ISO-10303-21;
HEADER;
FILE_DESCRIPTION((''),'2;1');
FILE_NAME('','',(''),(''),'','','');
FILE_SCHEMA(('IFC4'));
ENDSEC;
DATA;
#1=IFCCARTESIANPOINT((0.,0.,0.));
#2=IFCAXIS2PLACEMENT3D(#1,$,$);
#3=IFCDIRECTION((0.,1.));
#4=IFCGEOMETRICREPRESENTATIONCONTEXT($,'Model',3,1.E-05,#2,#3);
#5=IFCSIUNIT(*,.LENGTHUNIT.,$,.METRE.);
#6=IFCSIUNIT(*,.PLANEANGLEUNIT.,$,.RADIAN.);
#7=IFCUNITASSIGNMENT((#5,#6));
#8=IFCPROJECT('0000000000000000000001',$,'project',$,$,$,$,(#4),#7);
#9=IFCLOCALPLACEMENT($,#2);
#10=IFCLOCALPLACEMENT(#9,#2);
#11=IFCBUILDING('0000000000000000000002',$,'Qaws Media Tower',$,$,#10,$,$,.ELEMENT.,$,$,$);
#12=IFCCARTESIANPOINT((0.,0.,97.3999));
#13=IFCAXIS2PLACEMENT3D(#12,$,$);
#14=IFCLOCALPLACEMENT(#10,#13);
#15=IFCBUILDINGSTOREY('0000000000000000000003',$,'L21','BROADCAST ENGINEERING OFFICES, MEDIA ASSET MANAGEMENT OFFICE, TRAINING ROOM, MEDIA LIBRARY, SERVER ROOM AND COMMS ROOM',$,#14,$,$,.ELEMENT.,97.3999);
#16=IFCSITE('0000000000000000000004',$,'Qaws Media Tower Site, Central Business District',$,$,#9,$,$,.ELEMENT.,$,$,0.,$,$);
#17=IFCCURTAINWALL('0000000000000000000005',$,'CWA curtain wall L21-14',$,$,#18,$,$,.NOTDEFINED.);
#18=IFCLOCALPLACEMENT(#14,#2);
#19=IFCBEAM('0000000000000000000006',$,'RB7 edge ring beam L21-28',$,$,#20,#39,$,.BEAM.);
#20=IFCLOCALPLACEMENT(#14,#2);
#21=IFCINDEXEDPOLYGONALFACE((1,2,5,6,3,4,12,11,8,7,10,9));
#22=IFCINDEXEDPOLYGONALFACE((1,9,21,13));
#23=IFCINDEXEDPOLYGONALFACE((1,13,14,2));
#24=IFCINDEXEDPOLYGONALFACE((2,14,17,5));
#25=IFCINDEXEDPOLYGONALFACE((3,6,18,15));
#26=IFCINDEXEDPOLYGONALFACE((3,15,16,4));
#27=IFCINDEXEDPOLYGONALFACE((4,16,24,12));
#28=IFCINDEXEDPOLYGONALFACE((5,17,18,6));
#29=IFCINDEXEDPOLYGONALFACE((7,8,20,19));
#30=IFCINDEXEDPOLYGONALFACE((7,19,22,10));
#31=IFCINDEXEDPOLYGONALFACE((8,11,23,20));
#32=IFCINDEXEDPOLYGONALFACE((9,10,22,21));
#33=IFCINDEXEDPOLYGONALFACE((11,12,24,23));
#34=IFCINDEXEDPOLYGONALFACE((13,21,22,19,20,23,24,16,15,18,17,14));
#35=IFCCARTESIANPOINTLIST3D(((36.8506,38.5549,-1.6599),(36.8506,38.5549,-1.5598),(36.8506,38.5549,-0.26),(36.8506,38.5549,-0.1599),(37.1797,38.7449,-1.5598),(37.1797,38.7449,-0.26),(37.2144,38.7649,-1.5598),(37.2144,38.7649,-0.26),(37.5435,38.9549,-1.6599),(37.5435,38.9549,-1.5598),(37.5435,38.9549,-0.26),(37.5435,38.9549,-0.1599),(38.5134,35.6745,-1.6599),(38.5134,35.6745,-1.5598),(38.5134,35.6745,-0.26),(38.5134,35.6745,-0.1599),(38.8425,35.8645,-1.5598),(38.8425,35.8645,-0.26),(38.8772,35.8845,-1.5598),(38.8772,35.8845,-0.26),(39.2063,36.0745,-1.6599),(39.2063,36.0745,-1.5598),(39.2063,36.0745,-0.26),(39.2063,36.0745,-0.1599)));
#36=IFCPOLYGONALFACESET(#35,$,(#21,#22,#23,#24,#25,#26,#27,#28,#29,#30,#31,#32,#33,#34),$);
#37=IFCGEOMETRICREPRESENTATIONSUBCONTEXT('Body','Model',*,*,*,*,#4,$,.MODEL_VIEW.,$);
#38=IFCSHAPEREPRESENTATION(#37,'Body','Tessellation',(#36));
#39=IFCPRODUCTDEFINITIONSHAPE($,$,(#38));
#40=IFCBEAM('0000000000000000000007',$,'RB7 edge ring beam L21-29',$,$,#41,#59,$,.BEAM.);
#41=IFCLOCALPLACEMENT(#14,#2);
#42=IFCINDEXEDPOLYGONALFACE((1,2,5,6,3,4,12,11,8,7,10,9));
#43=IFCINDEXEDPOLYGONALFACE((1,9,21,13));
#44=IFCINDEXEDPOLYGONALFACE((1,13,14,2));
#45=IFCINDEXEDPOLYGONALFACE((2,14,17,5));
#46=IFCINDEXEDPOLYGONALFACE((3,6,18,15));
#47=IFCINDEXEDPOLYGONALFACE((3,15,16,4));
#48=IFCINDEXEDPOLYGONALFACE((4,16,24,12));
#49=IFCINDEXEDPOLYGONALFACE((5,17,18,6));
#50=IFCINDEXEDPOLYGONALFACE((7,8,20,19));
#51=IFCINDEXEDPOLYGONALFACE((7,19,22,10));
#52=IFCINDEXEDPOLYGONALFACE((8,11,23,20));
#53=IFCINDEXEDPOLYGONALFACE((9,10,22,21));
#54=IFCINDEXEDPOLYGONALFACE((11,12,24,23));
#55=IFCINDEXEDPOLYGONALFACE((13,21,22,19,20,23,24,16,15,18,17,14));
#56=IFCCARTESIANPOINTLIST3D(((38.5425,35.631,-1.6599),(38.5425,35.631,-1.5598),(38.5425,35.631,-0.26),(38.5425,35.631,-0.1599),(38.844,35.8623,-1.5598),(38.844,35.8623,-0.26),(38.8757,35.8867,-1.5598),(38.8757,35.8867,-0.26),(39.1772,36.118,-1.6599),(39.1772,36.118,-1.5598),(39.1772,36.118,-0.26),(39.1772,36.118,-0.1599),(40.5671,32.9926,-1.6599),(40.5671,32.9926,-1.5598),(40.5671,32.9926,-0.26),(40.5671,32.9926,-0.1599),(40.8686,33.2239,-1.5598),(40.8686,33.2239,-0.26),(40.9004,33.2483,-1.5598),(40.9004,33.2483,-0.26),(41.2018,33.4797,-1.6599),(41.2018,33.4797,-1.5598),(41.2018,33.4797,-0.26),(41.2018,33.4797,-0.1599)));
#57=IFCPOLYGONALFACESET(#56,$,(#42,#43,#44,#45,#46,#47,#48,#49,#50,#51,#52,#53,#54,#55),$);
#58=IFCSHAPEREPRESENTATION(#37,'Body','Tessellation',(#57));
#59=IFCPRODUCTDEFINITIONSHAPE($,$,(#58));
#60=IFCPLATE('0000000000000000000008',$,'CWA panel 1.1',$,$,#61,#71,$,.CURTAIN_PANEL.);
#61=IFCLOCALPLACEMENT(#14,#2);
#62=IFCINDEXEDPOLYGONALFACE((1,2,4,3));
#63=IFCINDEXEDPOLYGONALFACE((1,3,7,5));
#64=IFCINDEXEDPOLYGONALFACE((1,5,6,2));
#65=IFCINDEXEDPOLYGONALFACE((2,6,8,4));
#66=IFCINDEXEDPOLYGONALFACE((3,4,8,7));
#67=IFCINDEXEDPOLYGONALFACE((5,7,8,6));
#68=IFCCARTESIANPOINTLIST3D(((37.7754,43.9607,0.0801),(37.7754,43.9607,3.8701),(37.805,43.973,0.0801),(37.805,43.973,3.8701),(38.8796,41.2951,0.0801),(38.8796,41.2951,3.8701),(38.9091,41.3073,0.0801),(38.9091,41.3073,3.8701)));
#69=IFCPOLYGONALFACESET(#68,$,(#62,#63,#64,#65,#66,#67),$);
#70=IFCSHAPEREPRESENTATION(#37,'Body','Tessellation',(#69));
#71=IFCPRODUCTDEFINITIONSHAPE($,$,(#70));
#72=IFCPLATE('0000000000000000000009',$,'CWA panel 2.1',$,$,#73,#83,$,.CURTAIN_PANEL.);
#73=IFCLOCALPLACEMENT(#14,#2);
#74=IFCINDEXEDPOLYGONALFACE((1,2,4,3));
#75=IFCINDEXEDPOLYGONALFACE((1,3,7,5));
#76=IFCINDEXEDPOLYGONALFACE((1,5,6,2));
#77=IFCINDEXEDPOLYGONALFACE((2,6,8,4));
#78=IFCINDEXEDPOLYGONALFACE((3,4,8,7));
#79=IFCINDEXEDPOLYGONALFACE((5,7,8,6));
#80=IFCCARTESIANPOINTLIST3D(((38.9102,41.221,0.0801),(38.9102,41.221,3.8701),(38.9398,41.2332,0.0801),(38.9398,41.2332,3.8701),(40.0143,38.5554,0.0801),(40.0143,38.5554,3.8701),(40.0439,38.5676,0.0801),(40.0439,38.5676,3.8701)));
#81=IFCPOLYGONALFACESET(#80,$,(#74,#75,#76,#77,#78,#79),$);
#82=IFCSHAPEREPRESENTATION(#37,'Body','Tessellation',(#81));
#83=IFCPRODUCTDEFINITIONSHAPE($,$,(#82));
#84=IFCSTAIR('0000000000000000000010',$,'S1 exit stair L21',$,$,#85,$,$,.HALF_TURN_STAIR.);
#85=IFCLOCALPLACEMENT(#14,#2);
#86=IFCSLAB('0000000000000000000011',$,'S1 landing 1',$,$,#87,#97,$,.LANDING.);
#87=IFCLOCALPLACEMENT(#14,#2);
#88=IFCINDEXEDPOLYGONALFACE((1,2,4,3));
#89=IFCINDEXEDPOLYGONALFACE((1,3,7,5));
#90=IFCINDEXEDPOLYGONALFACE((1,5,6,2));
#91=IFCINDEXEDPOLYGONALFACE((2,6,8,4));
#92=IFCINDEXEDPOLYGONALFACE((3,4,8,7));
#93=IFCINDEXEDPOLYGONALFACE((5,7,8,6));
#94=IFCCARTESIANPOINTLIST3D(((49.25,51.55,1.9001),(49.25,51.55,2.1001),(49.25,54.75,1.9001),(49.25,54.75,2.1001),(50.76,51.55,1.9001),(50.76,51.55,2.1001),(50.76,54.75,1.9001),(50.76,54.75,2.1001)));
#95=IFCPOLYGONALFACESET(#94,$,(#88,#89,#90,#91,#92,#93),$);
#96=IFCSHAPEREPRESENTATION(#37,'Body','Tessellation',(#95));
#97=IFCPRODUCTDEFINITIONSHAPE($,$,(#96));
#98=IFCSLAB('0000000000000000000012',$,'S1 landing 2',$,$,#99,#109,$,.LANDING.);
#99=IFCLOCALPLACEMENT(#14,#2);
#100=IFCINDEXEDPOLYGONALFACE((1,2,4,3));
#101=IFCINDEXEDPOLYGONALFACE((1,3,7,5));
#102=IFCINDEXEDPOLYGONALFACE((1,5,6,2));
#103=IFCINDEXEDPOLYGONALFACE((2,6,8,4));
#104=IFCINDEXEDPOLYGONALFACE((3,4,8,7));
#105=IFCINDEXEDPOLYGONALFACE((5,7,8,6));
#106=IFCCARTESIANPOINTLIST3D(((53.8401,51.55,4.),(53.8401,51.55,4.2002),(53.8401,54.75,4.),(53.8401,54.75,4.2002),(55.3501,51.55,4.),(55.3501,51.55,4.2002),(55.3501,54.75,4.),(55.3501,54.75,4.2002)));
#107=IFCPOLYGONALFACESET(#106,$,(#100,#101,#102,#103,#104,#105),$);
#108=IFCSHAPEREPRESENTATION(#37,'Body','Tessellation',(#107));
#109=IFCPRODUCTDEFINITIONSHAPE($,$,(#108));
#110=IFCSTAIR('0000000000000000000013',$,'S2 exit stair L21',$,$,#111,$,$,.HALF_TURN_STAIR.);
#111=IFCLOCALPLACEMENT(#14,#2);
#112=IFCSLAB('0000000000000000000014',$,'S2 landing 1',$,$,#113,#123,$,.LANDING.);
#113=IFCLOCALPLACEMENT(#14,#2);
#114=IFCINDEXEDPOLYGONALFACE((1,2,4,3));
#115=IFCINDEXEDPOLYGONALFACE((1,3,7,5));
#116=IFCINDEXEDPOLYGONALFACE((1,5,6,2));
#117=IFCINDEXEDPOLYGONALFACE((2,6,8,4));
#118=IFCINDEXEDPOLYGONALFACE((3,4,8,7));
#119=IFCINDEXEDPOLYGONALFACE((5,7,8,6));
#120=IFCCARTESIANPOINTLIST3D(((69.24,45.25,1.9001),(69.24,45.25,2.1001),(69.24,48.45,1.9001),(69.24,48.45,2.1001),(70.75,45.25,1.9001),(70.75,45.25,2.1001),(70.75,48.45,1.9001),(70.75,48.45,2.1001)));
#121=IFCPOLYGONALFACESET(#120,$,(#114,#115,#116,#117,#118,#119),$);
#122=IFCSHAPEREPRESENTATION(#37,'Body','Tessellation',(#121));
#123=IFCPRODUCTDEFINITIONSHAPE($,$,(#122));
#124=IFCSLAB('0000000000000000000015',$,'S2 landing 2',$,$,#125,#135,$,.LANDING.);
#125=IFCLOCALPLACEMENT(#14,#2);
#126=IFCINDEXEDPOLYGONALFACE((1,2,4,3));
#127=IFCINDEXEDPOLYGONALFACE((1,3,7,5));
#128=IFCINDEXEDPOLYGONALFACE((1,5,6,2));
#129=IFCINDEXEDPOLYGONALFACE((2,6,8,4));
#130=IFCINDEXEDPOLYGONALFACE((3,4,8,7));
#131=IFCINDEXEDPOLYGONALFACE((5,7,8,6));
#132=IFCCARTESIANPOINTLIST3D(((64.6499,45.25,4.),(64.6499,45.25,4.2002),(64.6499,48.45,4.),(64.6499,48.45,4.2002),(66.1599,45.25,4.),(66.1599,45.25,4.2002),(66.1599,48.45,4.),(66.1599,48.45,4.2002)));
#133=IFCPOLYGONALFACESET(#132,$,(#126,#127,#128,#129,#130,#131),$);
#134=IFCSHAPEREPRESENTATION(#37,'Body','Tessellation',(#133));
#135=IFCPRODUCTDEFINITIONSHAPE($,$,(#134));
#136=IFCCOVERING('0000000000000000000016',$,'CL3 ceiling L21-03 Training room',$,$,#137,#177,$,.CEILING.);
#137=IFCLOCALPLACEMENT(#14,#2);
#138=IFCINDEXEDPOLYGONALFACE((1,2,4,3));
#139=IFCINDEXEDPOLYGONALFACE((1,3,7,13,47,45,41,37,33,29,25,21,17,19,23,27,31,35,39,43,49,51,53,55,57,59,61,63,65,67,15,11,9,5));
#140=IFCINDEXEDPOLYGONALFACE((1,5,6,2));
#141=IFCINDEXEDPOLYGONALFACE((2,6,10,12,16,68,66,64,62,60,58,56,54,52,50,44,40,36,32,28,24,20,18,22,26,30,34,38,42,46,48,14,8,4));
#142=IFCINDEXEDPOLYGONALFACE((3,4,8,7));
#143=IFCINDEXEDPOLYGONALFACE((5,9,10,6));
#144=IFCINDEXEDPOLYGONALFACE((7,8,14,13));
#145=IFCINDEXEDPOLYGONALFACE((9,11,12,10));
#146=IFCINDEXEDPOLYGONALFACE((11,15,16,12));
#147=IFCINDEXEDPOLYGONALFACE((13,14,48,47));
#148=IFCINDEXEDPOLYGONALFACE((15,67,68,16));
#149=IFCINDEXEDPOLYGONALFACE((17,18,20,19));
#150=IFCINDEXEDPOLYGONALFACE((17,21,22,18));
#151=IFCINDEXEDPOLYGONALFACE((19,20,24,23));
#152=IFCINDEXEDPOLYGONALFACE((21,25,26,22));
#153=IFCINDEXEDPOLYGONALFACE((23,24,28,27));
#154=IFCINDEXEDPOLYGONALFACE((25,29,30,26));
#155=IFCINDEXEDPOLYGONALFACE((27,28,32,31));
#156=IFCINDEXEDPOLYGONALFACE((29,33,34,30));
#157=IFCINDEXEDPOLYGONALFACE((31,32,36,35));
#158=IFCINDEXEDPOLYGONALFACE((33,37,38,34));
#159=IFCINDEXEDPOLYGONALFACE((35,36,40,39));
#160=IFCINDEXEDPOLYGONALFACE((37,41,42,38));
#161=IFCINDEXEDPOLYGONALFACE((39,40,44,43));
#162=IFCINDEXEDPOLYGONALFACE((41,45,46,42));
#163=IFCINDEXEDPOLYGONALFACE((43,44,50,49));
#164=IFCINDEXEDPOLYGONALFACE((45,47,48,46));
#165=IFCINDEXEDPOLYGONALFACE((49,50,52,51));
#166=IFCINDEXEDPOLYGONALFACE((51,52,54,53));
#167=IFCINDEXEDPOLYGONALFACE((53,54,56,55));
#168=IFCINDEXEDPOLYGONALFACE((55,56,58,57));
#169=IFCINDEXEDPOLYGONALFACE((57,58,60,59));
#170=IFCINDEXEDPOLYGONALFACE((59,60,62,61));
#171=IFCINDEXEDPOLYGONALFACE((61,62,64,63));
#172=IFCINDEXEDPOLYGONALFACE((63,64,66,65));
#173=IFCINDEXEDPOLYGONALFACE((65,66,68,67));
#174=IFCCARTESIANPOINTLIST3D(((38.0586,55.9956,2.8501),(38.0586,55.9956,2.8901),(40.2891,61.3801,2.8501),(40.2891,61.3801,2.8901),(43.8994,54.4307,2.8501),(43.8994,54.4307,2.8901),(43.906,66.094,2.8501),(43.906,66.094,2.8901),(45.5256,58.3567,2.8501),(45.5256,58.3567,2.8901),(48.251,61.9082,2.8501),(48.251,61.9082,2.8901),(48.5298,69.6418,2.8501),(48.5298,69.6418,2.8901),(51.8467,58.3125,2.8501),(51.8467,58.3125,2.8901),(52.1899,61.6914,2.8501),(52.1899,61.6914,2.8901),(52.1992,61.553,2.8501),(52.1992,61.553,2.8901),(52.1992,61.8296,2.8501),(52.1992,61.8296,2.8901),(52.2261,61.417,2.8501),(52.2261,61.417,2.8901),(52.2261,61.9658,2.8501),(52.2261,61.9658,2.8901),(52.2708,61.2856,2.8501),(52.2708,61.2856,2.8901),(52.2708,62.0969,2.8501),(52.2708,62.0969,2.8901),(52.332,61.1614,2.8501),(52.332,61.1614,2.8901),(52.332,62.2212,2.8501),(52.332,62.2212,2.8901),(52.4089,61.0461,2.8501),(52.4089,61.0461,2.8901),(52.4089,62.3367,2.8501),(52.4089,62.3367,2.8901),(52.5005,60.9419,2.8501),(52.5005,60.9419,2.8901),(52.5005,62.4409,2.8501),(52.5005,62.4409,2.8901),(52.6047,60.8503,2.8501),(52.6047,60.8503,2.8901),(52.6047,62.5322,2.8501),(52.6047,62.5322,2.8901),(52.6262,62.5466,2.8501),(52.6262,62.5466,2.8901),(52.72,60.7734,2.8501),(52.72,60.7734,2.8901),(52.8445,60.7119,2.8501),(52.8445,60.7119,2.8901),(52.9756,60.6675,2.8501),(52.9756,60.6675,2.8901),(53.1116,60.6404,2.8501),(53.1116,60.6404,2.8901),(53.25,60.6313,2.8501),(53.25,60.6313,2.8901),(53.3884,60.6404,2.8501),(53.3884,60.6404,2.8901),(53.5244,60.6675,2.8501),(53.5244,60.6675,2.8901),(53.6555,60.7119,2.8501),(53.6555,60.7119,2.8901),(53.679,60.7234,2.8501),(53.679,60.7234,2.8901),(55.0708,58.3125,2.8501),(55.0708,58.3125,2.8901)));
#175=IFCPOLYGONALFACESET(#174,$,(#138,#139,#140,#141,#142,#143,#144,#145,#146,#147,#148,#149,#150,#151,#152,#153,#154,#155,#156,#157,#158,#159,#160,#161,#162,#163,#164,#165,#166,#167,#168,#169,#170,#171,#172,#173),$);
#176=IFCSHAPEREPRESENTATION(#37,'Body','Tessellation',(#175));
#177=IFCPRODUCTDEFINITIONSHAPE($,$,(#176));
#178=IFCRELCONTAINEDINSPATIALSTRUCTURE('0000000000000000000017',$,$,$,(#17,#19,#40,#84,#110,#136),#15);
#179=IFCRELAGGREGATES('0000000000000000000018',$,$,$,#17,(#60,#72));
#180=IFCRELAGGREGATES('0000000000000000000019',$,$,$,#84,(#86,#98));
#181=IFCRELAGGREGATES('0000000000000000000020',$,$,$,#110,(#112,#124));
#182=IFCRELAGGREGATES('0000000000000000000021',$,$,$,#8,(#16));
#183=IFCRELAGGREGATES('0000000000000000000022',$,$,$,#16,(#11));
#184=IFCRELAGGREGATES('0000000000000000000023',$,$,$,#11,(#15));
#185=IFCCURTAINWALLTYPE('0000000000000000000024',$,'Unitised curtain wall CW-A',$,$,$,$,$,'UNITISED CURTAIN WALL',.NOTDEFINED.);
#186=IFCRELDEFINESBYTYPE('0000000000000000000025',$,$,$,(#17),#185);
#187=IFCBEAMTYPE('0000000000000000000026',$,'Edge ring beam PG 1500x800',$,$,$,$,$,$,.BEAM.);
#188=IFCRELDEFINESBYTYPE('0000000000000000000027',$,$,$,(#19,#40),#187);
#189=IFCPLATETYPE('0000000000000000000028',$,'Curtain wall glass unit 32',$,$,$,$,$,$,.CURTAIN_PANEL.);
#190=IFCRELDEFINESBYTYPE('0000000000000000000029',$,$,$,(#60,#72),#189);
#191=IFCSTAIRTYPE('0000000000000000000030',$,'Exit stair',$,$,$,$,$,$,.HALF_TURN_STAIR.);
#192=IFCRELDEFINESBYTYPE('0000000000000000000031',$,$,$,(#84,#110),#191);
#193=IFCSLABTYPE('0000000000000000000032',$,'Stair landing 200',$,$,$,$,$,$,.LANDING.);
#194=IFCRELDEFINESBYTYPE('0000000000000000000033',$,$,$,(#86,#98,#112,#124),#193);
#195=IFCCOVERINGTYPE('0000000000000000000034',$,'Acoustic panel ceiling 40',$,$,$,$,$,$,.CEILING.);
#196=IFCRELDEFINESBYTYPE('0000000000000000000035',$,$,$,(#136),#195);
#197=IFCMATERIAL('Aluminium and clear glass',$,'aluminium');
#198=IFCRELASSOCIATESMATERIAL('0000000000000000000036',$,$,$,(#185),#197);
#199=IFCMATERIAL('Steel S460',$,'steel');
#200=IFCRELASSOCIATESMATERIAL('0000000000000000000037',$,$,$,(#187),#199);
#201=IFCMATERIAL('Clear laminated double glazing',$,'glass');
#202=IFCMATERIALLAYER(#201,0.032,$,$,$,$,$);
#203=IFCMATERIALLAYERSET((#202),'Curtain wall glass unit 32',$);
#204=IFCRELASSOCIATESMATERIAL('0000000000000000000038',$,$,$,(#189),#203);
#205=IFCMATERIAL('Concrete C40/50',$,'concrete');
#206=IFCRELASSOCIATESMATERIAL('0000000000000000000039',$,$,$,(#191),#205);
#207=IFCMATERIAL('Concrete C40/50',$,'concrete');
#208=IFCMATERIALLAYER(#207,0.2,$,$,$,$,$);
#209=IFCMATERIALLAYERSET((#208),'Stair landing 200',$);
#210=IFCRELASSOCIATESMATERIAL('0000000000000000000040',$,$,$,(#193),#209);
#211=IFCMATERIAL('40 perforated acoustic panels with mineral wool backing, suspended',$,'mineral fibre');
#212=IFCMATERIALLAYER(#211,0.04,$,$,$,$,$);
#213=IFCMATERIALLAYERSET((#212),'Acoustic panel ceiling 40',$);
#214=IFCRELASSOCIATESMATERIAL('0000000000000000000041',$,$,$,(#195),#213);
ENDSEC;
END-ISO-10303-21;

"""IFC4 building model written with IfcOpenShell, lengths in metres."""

from ifc_helpers import new_model, si_unit, direction, frame, origin, origin_2d, place, context, subcontext, project, spatial, polyline, rectangle, i_section, outline, extrude, material, layer, layer_set, material_profile, profile_set, type_object, element, aggregate, save


model = new_model("IFC4")

# Units and contexts
model_context = context("Model", 3, precision=1e-05, world=origin(), true_north=direction((0.0, 1.0)))
body_context = subcontext(model_context, "Body", "Model", "MODEL_VIEW")
ifc_project = project(units=[si_unit("LENGTHUNIT", "METRE"), si_unit("PLANEANGLEUNIT", "RADIAN")], contexts=[model_context])

# Site, building, storey
site_placement = place(None, origin())
site = spatial("IfcSite", under=ifc_project, at=site_placement, Name="Qaws Media Tower Site, Central Business District", CompositionType="ELEMENT", RefElevation=0.0)
building_placement = place(site_placement, origin())
building = spatial("IfcBuilding", under=site, at=building_placement, Name="Qaws Media Tower", CompositionType="ELEMENT")
storey_placement = place(building_placement, frame((0.0, 0.0, 97.3999)))
storey = spatial("IfcBuildingStorey", under=building, at=storey_placement, Name="L21", Description="BROADCAST ENGINEERING OFFICES, MEDIA ASSET MANAGEMENT OFFICE, TRAINING ROOM, MEDIA LIBRARY, SERVER ROOM AND COMMS ROOM", CompositionType="ELEMENT", Elevation=97.3999)

# Curtain wall
ifc_material_1 = material(Name="Aluminium and clear glass", Category="aluminium")
curtain_wall_type = type_object("IfcCurtainWallType", Name="Unitised curtain wall CW-A", ElementType="UNITISED CURTAIN WALL", PredefinedType="NOTDEFINED", material=ifc_material_1)
curtain_wall_1_placement = place(storey_placement, origin())
curtain_wall_1 = element("IfcCurtainWall", 1, at=curtain_wall_1_placement, inside=storey, type_object=curtain_wall_type, Name="CWA curtain wall L21-14", PredefinedType="NOTDEFINED")

# Beams
ifc_material_2 = material(Name="Steel S460", Category="steel")
ifc_material_profile_1 = material_profile(ifc_material_2, i_section(OverallWidth=0.8, OverallDepth=1.5, WebThickness=0.04, FlangeThickness=0.1001, at=origin_2d()), Name="PG 1500x800")
ifc_profile_set_1 = profile_set([ifc_material_profile_1], Name="Steel S460")
beam_type = type_object("IfcBeamType", Name="Edge ring beam PG 1500x800", PredefinedType="BEAM", material=ifc_profile_set_1)
beam_1_placement = place(storey_placement, frame((37.197, 38.7549, -0.9099), z_axis=(0.499968, -0.866044, 0.0), x_axis=(0.866044, 0.499968, 0.0)))
element("IfcBeam", 2, at=beam_1_placement, inside=storey, type_object=beam_type, Name="RB7 edge ring beam L21-28", PredefinedType="BEAM", context=body_context, shape_type="SweptSolid", body=[
    extrude(i_section(OverallWidth=0.8, OverallDepth=1.5, WebThickness=0.04, FlangeThickness=0.1001, at=origin_2d()), origin(), (0.0, 0.0, 1.0), 3.3259),
])
beam_2_placement = place(storey_placement, frame((38.8599, 35.8745, -0.9099), z_axis=(0.608784, -0.793336, 0.0), x_axis=(0.793336, 0.608784, 0.0)))
element("IfcBeam", 3, at=beam_2_placement, inside=storey, type_object=beam_type, Name="RB7 edge ring beam L21-29", PredefinedType="BEAM", context=body_context, shape_type="SweptSolid", body=[
    extrude(i_section(OverallWidth=0.8, OverallDepth=1.5, WebThickness=0.04, FlangeThickness=0.1001, at=origin_2d()), origin(), (0.0, 0.0, 1.0), 3.3257),
])

# Plates
ifc_material_3 = material(Name="Clear laminated double glazing", Category="glass")
ifc_layer_1 = layer(ifc_material_3, 0.032)
ifc_layer_set_1 = layer_set([ifc_layer_1], Name="Curtain wall glass unit 32")
plate_type = type_object("IfcPlateType", Name="Curtain wall glass unit 32", PredefinedType="CURTAIN_PANEL", material=ifc_layer_set_1)
plate_1_placement = place(storey_placement, frame((38.3423, 42.634, 0.0801), z_axis=(0.0, 0.0, 1.0), x_axis=(0.382683, -0.92388, 0.0)))
plate_1 = element("IfcPlate", 4, at=plate_1_placement, type_object=plate_type, Name="CWA panel 1.1", PredefinedType="CURTAIN_PANEL", context=body_context, shape_type="SweptSolid", body=[
    extrude(rectangle(XDim=2.8853, YDim=0.032, at=origin_2d()), origin(), (0.0, 0.0, 1.0), 3.79),
])
plate_2_placement = place(storey_placement, frame((39.4771, 39.8943, 0.0801), z_axis=(0.0, 0.0, 1.0), x_axis=(0.382683, -0.92388, 0.0)))
plate_2 = element("IfcPlate", 5, at=plate_2_placement, type_object=plate_type, Name="CWA panel 2.1", PredefinedType="CURTAIN_PANEL", context=body_context, shape_type="SweptSolid", body=[
    extrude(rectangle(XDim=2.8853, YDim=0.032, at=origin_2d()), origin(), (0.0, 0.0, 1.0), 3.79),
])
aggregate(curtain_wall_1, [plate_1, plate_2])

# Stairs, slabs
ifc_material_4 = material(Name="Concrete C40/50", Category="concrete")
stair_type = type_object("IfcStairType", Name="Exit stair", PredefinedType="HALF_TURN_STAIR", material=ifc_material_4)
stair_1_placement = place(storey_placement, origin())
stair_1 = element("IfcStair", 6, at=stair_1_placement, inside=storey, type_object=stair_type, Name="S1 exit stair L21", PredefinedType="HALF_TURN_STAIR")
ifc_material_5 = material(Name="Concrete C40/50", Category="concrete")
ifc_layer_2 = layer(ifc_material_5, 0.2)
ifc_layer_set_2 = layer_set([ifc_layer_2], Name="Stair landing 200")
slab_type = type_object("IfcSlabType", Name="Stair landing 200", PredefinedType="LANDING", material=ifc_layer_set_2)
slab_1_placement = place(storey_placement, frame((0.0, 0.0, 1.9001)))
slab_1 = element("IfcSlab", 7, at=slab_1_placement, type_object=slab_type, Name="S1 landing 1", PredefinedType="LANDING", context=body_context, shape_type="SweptSolid", body=[
    extrude(outline(polyline([(49.25, 51.55), (50.76, 51.55), (50.76, 54.75), (49.25, 54.75), (49.25, 51.55)])), origin(), (0.0, 0.0, 1.0), 0.2),
])
slab_2_placement = place(storey_placement, frame((0.0, 0.0, 4.0)))
slab_2 = element("IfcSlab", 8, at=slab_2_placement, type_object=slab_type, Name="S1 landing 2", PredefinedType="LANDING", context=body_context, shape_type="SweptSolid", body=[
    extrude(outline(polyline([(53.8401, 51.55), (55.3501, 51.55), (55.3501, 54.75), (53.8401, 54.75), (53.8401, 51.55)])), origin(), (0.0, 0.0, 1.0), 0.2002),
])
aggregate(stair_1, [slab_1, slab_2])
stair_2_placement = place(storey_placement, origin())
stair_2 = element("IfcStair", 9, at=stair_2_placement, inside=storey, type_object=stair_type, Name="S2 exit stair L21", PredefinedType="HALF_TURN_STAIR")
slab_3_placement = place(storey_placement, frame((0.0, 0.0, 1.9001)))
slab_3 = element("IfcSlab", 10, at=slab_3_placement, type_object=slab_type, Name="S2 landing 1", PredefinedType="LANDING", context=body_context, shape_type="SweptSolid", body=[
    extrude(outline(polyline([(69.24, 45.25), (70.75, 45.25), (70.75, 48.45), (69.24, 48.45), (69.24, 45.25)])), origin(), (0.0, 0.0, 1.0), 0.2),
])
slab_4_placement = place(storey_placement, frame((0.0, 0.0, 4.0)))
slab_4 = element("IfcSlab", 11, at=slab_4_placement, type_object=slab_type, Name="S2 landing 2", PredefinedType="LANDING", context=body_context, shape_type="SweptSolid", body=[
    extrude(outline(polyline([(64.6499, 45.25), (66.1599, 45.25), (66.1599, 48.45), (64.6499, 48.45), (64.6499, 45.25)])), origin(), (0.0, 0.0, 1.0), 0.2002),
])
aggregate(stair_2, [slab_3, slab_4])

# Covering
ifc_material_6 = material(Name="40 perforated acoustic panels with mineral wool backing, suspended", Category="mineral fibre")
ifc_layer_3 = layer(ifc_material_6, 0.04)
ifc_layer_set_3 = layer_set([ifc_layer_3], Name="Acoustic panel ceiling 40")
covering_type_1 = type_object("IfcCoveringType", Name="Acoustic panel ceiling 40", PredefinedType="CEILING", material=ifc_layer_set_3)
covering_1_placement = place(storey_placement, frame((0.0, 0.0, 2.8501)))
element("IfcCovering", 12, at=covering_1_placement, inside=storey, type_object=covering_type_1, Name="CL3 ceiling L21-03 Training room", PredefinedType="CEILING", context=body_context, shape_type="SweptSolid", body=[
    extrude(outline(polyline([(40.2891, 61.3801), (43.906, 66.094), (48.5298, 69.6418), (52.6262, 62.5466), (52.6047, 62.5322), (52.5005, 62.4409), (52.4089, 62.3367), (52.332, 62.2212), (52.2708, 62.0969), (52.2261, 61.9658), (52.1992, 61.8296), (52.1899, 61.6914), (52.1992, 61.553), (52.2261, 61.417), (52.2708, 61.2856), (52.332, 61.1614), (52.4089, 61.0461), (52.5005, 60.9419), (52.6047, 60.8503), (52.72, 60.7734), (52.8445, 60.7119), (52.9756, 60.6675), (53.1116, 60.6404), (53.25, 60.6313), (53.3884, 60.6404), (53.5244, 60.6675), (53.6555, 60.7119), (53.679, 60.7234), (55.0708, 58.3125), (51.8467, 58.3125), (48.251, 61.9082), (45.5256, 58.3567), (43.8994, 54.4307), (38.0586, 55.9956), (40.2891, 61.3801)])), origin(), (0.0, 0.0, 1.0), 0.04),
])

save(model, "model.ifc")
